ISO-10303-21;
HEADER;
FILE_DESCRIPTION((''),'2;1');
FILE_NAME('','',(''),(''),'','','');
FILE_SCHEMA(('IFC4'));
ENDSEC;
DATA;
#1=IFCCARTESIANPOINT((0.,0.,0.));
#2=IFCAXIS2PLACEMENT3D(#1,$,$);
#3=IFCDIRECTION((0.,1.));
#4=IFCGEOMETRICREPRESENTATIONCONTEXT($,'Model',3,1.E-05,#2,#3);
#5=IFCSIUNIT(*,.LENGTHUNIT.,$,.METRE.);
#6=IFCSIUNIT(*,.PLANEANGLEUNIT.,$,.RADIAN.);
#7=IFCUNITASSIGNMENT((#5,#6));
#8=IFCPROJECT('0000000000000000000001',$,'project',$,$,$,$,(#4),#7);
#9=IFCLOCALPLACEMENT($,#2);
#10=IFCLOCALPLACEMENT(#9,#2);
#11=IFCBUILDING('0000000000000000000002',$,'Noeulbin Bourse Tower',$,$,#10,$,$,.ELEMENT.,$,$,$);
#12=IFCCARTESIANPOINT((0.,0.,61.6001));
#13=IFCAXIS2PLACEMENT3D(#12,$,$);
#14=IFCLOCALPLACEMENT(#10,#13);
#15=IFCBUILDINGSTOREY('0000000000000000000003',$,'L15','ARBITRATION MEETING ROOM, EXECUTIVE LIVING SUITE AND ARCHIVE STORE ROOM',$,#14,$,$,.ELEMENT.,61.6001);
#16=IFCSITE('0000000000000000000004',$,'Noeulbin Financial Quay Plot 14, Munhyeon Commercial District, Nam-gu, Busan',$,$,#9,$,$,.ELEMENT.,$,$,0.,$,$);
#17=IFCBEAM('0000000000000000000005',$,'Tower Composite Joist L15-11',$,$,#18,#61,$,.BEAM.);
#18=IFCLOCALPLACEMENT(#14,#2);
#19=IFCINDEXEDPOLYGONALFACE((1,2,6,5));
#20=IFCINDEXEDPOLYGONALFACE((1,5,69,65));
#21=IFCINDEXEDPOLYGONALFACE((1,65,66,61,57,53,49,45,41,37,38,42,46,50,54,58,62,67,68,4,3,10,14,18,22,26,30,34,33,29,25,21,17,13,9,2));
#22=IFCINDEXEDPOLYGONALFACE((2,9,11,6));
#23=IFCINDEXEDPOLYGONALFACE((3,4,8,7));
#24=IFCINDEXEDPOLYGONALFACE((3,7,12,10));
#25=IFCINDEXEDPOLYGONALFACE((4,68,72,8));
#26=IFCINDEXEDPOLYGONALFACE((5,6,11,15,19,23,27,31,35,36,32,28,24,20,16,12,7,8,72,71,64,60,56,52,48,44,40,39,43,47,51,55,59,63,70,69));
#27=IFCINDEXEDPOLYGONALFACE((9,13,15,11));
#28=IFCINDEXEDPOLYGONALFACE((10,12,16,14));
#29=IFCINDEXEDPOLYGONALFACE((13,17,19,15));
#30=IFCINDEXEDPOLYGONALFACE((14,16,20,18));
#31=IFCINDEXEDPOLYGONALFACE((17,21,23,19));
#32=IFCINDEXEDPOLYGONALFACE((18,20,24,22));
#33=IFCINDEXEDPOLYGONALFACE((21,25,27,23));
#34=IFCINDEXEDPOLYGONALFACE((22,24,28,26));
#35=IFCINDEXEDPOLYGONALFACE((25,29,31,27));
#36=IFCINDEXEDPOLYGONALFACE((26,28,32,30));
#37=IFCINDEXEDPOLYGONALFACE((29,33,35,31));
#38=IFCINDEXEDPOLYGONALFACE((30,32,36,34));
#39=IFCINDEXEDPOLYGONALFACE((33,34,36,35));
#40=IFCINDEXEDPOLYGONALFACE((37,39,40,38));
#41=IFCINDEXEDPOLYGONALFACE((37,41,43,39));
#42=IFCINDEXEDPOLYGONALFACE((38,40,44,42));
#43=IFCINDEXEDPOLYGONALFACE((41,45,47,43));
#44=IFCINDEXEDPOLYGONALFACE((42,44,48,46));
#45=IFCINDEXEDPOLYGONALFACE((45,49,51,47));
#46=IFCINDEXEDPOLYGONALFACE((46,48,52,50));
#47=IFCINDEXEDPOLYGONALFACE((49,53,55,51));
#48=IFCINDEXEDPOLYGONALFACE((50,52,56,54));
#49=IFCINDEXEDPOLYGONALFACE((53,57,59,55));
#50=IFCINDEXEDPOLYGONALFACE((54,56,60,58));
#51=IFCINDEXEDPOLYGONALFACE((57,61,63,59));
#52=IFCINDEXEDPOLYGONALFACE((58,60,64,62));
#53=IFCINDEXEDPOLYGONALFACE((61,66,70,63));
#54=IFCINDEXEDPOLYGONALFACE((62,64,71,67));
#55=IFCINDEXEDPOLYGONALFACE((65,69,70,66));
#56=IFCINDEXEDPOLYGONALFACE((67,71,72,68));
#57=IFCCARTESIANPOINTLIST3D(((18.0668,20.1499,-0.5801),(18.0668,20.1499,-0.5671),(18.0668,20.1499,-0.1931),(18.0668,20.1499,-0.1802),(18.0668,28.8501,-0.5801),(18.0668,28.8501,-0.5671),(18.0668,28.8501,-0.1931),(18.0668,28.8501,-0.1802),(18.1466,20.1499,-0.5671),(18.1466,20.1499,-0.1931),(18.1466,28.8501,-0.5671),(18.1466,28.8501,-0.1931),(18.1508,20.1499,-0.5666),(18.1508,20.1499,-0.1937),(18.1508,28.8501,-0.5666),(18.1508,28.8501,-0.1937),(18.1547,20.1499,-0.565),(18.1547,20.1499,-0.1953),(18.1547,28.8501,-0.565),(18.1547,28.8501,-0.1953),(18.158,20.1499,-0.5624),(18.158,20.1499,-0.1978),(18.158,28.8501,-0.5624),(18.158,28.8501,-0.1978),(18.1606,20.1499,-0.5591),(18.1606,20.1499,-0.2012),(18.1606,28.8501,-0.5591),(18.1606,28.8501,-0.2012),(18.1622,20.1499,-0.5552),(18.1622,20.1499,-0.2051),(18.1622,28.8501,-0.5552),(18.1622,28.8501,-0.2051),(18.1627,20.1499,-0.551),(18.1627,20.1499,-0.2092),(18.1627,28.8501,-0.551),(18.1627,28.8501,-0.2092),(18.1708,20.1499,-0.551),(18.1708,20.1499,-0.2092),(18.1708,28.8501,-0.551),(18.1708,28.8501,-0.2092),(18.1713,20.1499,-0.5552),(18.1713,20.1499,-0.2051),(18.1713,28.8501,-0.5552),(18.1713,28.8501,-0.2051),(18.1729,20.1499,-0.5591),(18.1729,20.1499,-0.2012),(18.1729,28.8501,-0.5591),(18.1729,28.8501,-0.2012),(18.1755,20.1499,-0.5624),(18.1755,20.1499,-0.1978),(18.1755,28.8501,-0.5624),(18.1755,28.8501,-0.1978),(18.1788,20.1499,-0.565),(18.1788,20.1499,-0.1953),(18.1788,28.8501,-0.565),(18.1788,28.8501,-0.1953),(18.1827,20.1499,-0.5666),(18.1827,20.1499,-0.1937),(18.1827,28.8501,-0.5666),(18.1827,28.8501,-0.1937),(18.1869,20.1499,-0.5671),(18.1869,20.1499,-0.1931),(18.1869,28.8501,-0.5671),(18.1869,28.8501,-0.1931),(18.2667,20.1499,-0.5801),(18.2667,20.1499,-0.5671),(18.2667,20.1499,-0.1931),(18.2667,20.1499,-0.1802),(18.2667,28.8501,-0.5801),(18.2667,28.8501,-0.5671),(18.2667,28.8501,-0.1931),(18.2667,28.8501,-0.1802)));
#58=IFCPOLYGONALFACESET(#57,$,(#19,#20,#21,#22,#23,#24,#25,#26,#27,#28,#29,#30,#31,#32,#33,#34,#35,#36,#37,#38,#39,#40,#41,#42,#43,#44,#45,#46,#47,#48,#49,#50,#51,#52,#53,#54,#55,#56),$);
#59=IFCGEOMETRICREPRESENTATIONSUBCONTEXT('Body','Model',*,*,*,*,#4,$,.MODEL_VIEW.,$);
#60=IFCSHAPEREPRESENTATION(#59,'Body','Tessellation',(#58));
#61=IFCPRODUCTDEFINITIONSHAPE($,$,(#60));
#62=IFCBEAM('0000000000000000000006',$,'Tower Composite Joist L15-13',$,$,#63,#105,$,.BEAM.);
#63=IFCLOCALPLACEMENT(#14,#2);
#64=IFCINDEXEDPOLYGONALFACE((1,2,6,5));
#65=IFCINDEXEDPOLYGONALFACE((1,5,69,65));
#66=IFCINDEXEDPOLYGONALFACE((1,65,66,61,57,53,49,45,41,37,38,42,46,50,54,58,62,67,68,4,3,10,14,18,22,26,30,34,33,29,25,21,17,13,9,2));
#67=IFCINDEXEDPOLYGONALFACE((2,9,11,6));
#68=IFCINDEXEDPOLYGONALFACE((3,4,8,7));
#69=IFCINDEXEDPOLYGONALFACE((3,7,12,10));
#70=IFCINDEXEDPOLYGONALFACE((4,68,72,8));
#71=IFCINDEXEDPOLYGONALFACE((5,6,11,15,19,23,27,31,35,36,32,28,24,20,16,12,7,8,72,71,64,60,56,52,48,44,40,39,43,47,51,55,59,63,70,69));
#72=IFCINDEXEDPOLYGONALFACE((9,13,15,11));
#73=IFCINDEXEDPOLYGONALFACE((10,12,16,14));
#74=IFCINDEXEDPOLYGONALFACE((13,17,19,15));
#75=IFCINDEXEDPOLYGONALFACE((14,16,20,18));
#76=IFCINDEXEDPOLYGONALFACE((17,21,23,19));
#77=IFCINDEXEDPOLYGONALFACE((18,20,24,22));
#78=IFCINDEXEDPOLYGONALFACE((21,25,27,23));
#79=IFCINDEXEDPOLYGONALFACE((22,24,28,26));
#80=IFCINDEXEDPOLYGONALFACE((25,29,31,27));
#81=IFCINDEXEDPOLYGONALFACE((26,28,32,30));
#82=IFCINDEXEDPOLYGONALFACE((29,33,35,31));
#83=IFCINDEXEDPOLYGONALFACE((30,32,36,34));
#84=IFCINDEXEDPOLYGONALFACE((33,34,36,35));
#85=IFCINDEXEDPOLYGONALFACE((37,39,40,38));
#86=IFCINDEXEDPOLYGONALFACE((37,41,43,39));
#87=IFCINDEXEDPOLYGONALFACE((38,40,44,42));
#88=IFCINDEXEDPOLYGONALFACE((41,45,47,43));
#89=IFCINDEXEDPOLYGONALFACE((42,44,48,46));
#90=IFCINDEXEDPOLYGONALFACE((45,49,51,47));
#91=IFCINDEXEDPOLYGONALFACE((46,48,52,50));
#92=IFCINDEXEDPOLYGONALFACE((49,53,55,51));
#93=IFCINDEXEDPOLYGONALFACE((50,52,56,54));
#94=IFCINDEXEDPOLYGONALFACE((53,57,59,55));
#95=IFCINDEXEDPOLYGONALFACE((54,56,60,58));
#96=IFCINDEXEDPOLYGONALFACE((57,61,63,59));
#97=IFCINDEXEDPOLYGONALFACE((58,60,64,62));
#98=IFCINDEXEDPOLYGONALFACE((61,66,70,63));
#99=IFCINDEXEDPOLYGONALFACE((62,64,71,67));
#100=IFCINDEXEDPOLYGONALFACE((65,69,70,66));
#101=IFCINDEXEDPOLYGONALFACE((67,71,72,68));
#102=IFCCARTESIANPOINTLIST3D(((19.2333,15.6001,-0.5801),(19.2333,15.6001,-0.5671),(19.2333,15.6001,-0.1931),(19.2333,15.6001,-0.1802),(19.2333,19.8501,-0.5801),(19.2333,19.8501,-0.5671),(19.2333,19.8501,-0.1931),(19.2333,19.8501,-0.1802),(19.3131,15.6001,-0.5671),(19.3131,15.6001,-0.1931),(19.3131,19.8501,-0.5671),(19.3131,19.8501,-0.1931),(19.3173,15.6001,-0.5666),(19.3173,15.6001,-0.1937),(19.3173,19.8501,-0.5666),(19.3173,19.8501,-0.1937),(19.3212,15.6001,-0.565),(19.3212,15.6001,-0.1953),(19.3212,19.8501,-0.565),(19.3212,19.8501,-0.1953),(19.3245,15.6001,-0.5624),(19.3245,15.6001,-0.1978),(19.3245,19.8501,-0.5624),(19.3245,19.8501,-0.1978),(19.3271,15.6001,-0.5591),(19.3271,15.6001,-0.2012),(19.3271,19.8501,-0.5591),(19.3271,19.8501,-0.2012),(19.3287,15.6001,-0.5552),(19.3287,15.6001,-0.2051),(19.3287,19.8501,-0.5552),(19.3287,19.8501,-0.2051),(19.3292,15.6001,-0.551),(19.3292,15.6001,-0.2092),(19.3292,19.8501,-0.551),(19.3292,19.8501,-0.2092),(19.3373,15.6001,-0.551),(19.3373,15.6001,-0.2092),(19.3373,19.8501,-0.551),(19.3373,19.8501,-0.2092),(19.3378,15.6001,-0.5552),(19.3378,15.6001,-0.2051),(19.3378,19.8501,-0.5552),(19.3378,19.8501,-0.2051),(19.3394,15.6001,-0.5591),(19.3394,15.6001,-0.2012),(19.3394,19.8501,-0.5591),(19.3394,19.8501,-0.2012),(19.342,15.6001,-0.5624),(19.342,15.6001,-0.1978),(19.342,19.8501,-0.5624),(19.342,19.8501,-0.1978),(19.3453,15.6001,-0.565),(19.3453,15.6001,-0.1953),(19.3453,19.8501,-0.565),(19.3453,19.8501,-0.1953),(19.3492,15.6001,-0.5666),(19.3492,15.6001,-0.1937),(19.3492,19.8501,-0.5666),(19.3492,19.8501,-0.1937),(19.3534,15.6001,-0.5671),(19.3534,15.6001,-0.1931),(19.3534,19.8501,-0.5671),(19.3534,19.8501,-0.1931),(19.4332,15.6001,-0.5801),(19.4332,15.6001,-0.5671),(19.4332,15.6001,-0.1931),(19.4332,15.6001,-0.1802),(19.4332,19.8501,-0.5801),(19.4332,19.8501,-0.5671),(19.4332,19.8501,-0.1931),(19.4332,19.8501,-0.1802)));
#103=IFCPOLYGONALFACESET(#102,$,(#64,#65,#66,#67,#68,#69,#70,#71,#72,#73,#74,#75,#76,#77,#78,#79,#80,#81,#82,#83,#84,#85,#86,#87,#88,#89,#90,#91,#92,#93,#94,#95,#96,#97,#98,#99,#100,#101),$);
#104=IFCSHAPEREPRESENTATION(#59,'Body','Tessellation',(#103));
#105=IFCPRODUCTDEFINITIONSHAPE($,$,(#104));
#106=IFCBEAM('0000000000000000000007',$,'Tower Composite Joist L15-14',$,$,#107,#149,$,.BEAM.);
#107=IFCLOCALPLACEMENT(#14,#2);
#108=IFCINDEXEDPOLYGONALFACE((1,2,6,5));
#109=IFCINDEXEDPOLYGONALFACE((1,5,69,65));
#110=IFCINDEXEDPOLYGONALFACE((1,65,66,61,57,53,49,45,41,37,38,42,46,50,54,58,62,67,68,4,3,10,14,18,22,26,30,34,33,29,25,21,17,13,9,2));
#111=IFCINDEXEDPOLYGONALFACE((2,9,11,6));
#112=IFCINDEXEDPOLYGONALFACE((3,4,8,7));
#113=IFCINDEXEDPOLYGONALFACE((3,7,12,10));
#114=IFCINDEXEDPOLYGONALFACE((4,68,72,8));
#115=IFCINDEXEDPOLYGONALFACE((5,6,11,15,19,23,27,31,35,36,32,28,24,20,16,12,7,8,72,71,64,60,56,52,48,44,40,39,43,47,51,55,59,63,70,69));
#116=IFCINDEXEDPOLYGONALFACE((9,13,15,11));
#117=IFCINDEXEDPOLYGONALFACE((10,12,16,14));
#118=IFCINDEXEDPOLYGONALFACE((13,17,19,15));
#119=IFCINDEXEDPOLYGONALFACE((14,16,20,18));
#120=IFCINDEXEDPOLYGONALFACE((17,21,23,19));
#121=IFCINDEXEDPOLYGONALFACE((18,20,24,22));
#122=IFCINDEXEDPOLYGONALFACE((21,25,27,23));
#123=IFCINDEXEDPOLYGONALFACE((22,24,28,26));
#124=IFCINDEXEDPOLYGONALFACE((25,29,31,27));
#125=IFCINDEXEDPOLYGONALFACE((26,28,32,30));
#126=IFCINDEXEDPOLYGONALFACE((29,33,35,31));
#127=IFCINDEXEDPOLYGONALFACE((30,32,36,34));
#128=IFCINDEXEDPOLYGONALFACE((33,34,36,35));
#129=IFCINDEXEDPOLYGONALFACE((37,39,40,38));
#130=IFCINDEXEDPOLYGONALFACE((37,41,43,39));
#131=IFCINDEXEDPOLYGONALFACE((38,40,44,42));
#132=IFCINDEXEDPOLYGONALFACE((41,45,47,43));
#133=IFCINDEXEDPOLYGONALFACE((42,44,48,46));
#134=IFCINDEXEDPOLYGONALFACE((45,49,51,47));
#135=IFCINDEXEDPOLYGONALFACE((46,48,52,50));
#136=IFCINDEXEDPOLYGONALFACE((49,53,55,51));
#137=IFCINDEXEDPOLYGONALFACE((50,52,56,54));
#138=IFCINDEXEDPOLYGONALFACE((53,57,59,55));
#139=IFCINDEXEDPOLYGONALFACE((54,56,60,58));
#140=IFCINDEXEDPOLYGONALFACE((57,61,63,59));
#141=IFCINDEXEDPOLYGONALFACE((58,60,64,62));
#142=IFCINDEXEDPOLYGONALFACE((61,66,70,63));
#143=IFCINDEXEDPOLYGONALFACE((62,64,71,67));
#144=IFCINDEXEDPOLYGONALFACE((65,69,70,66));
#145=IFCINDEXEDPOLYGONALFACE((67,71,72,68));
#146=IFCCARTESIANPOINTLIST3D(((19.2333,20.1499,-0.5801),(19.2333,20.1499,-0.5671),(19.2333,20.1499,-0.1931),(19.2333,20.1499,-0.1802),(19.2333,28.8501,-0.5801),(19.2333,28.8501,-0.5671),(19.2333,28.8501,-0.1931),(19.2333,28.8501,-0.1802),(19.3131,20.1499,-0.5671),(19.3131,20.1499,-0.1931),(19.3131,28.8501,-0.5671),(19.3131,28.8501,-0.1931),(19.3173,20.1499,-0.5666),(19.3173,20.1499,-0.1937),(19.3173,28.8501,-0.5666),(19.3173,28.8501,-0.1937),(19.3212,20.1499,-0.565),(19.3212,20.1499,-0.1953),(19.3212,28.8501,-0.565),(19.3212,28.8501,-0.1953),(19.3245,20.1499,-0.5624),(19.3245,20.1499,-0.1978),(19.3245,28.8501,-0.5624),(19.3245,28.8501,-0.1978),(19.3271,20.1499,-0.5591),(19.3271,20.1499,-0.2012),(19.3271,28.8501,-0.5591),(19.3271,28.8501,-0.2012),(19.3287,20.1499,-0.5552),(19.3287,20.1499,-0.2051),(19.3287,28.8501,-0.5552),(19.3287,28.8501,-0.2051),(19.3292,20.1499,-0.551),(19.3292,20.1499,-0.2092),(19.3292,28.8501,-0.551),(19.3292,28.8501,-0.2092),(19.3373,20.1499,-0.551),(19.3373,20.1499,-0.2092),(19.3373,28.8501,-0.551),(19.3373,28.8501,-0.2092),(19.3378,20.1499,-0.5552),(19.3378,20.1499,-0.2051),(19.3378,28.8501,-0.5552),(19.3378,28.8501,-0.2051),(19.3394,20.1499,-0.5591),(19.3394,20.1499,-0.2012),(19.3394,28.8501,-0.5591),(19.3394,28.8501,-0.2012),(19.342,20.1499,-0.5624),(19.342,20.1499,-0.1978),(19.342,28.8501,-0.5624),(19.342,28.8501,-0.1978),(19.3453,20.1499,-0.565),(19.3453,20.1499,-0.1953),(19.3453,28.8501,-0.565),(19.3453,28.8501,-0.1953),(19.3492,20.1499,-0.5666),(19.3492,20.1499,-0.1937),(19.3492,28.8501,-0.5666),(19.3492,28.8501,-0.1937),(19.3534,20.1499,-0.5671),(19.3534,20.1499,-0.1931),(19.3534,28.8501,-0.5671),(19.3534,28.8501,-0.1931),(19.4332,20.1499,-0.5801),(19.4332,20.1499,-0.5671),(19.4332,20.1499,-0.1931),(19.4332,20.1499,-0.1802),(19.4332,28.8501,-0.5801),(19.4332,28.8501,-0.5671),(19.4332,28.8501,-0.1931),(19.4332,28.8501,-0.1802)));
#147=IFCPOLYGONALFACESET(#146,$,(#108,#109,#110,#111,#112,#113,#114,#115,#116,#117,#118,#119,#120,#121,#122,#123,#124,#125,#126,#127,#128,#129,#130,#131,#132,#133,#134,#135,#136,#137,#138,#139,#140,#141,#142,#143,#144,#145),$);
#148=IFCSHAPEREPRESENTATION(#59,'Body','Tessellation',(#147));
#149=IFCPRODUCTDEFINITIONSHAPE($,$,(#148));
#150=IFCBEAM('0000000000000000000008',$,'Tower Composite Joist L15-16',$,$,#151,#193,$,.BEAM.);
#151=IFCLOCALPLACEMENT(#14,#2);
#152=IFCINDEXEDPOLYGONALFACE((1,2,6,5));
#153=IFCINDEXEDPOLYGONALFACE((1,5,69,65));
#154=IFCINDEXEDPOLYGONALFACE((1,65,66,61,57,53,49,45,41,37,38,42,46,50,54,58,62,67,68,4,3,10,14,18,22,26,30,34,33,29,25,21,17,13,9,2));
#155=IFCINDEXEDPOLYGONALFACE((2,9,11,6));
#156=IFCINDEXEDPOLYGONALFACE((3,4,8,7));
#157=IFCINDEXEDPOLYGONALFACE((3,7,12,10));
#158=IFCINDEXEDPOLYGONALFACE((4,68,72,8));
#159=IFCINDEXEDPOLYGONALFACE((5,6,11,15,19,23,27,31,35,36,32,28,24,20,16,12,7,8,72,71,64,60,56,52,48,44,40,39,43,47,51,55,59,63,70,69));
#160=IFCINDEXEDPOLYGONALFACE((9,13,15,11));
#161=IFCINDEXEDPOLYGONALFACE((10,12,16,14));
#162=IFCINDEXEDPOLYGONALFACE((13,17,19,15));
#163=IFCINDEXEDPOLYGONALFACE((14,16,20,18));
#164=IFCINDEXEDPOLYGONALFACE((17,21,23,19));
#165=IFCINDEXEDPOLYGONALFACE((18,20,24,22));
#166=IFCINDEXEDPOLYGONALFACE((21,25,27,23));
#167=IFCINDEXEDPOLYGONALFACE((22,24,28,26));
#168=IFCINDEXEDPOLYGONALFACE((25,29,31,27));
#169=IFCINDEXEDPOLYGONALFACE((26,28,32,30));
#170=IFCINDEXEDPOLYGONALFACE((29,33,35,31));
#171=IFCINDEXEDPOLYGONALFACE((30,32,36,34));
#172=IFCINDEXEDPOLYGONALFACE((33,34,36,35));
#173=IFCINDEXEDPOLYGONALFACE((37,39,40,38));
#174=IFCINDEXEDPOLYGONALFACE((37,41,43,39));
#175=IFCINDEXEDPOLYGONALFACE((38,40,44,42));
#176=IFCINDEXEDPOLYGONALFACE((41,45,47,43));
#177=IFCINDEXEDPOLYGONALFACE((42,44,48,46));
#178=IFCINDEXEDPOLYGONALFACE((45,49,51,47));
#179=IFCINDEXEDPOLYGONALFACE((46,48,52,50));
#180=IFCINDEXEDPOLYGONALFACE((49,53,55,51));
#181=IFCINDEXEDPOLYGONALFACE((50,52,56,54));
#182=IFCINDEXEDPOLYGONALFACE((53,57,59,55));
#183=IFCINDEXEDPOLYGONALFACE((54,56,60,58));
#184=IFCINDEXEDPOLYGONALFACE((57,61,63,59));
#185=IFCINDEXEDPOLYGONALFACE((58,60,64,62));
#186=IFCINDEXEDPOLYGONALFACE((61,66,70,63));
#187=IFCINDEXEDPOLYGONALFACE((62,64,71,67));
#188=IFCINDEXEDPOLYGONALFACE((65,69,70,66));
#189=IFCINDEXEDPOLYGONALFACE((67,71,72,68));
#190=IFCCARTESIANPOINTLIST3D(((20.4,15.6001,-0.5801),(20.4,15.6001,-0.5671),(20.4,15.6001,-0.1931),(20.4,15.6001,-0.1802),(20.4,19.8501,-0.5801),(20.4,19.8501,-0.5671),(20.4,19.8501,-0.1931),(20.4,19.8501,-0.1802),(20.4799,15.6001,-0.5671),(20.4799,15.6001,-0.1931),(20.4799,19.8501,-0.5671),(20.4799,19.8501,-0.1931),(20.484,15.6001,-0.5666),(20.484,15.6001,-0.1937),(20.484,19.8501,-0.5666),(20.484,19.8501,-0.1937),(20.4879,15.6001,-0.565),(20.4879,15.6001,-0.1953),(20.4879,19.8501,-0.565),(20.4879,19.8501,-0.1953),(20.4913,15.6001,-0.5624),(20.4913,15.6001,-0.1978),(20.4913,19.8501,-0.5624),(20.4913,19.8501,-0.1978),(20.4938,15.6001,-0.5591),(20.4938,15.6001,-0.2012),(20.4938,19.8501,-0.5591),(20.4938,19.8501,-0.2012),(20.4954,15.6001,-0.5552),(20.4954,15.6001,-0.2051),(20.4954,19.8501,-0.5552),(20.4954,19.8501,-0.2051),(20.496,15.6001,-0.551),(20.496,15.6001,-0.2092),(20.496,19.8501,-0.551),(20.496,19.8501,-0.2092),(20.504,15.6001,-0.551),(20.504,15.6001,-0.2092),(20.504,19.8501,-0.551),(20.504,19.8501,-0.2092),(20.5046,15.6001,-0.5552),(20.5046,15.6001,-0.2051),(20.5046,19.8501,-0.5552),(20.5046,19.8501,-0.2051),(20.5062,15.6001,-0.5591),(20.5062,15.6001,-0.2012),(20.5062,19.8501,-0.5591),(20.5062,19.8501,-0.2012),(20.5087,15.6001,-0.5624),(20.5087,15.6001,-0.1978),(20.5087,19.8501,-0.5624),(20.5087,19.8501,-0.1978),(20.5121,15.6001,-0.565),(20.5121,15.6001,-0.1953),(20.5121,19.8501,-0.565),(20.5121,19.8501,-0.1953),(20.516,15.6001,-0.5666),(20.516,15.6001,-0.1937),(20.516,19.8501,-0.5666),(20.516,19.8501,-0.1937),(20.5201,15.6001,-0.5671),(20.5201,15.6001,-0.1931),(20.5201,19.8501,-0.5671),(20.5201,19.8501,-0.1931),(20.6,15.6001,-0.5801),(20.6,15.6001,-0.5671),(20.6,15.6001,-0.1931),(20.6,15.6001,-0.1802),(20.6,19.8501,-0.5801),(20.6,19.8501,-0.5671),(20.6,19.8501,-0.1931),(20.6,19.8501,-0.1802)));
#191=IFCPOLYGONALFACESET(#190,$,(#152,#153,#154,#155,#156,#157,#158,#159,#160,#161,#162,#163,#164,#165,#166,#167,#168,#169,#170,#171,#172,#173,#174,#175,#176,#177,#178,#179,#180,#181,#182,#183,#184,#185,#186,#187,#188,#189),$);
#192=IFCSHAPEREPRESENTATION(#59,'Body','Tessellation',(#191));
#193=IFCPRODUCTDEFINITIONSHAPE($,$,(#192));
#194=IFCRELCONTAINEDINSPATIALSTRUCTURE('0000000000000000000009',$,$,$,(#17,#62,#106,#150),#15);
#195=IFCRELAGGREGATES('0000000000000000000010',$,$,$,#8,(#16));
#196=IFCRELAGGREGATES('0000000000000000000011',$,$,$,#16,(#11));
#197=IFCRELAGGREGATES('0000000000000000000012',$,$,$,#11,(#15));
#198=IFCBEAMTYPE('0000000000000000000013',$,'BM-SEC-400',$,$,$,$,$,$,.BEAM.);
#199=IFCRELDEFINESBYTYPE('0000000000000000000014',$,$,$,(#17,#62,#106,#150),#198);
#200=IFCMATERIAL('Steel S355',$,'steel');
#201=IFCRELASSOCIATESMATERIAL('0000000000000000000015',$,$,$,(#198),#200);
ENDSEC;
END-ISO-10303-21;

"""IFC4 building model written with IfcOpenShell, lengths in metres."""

from ifc_helpers import new_model, si_unit, direction, frame, origin, origin_2d, place, context, subcontext, project, spatial, i_section, extrude, material, material_profile, profile_set, type_object, element, save


model = new_model("IFC4")

# Units and contexts
model_context = context("Model", 3, precision=1e-05, world=origin(), true_north=direction((0.0, 1.0)))
body_context = subcontext(model_context, "Body", "Model", "MODEL_VIEW")
ifc_project = project(units=[si_unit("LENGTHUNIT", "METRE"), si_unit("PLANEANGLEUNIT", "RADIAN")], contexts=[model_context])

# Site, building, storey
site_placement = place(None, origin())
site = spatial("IfcSite", under=ifc_project, at=site_placement, Name="Noeulbin Financial Quay Plot 14, Munhyeon Commercial District, Nam-gu, Busan", CompositionType="ELEMENT", RefElevation=0.0)
building_placement = place(site_placement, origin())
building = spatial("IfcBuilding", under=site, at=building_placement, Name="Noeulbin Bourse Tower", CompositionType="ELEMENT")
storey_placement = place(building_placement, frame((0.0, 0.0, 61.6001)))
storey = spatial("IfcBuildingStorey", under=building, at=storey_placement, Name="L15", Description="ARBITRATION MEETING ROOM, EXECUTIVE LIVING SUITE AND ARCHIVE STORE ROOM", CompositionType="ELEMENT", Elevation=61.6001)

# Beams
ifc_material_1 = material(Name="Steel S355", Category="steel")
ifc_material_profile_1 = material_profile(ifc_material_1, i_section(OverallWidth=0.2, OverallDepth=0.3999, WebThickness=0.0081, FlangeThickness=0.0129, FilletRadius=0.0161, at=origin_2d()), Name="H-400x200x8x13", Category="LoadBearing")
ifc_profile_set_1 = profile_set([ifc_material_profile_1], Name="Steel S355")
beam_type_1 = type_object("IfcBeamType", Name="BM-SEC-400", PredefinedType="BEAM", material=ifc_profile_set_1)
beam_1_placement = place(storey_placement, frame((18.1667, 20.1499, -0.3801), z_axis=(0.0, 1.0, 0.0), x_axis=(-1.0, 0.0, 0.0)))
element("IfcBeam", 1, at=beam_1_placement, inside=storey, type_object=beam_type_1, Name="Tower Composite Joist L15-11", PredefinedType="BEAM", context=body_context, shape_type="SweptSolid", body=[
    extrude(i_section(OverallWidth=0.2, OverallDepth=0.3999, WebThickness=0.0081, FlangeThickness=0.0129, FilletRadius=0.0161, at=origin_2d()), origin(), (0.0, 0.0, 1.0), 8.7002),
])
beam_2_placement = place(storey_placement, frame((19.3333, 15.6001, -0.3801), z_axis=(0.0, 1.0, 0.0), x_axis=(-1.0, 0.0, 0.0)))
element("IfcBeam", 2, at=beam_2_placement, inside=storey, type_object=beam_type_1, Name="Tower Composite Joist L15-13", PredefinedType="BEAM", context=body_context, shape_type="SweptSolid", body=[
    extrude(i_section(OverallWidth=0.2, OverallDepth=0.3999, WebThickness=0.0081, FlangeThickness=0.0129, FilletRadius=0.0161, at=origin_2d()), origin(), (0.0, 0.0, 1.0), 4.25),
])
beam_3_placement = place(storey_placement, frame((19.3333, 20.1499, -0.3801), z_axis=(0.0, 1.0, 0.0), x_axis=(-1.0, 0.0, 0.0)))
element("IfcBeam", 3, at=beam_3_placement, inside=storey, type_object=beam_type_1, Name="Tower Composite Joist L15-14", PredefinedType="BEAM", context=body_context, shape_type="SweptSolid", body=[
    extrude(i_section(OverallWidth=0.2, OverallDepth=0.3999, WebThickness=0.0081, FlangeThickness=0.0129, FilletRadius=0.0161, at=origin_2d()), origin(), (0.0, 0.0, 1.0), 8.7002),
])
beam_4_placement = place(storey_placement, frame((20.5, 15.6001, -0.3801), z_axis=(0.0, 1.0, 0.0), x_axis=(-1.0, 0.0, 0.0)))
element("IfcBeam", 4, at=beam_4_placement, inside=storey, type_object=beam_type_1, Name="Tower Composite Joist L15-16", PredefinedType="BEAM", context=body_context, shape_type="SweptSolid", body=[
    extrude(i_section(OverallWidth=0.2, OverallDepth=0.3999, WebThickness=0.0081, FlangeThickness=0.0129, FilletRadius=0.0161, at=origin_2d()), origin(), (0.0, 0.0, 1.0), 4.25),
])

save(model, "model.ifc")
